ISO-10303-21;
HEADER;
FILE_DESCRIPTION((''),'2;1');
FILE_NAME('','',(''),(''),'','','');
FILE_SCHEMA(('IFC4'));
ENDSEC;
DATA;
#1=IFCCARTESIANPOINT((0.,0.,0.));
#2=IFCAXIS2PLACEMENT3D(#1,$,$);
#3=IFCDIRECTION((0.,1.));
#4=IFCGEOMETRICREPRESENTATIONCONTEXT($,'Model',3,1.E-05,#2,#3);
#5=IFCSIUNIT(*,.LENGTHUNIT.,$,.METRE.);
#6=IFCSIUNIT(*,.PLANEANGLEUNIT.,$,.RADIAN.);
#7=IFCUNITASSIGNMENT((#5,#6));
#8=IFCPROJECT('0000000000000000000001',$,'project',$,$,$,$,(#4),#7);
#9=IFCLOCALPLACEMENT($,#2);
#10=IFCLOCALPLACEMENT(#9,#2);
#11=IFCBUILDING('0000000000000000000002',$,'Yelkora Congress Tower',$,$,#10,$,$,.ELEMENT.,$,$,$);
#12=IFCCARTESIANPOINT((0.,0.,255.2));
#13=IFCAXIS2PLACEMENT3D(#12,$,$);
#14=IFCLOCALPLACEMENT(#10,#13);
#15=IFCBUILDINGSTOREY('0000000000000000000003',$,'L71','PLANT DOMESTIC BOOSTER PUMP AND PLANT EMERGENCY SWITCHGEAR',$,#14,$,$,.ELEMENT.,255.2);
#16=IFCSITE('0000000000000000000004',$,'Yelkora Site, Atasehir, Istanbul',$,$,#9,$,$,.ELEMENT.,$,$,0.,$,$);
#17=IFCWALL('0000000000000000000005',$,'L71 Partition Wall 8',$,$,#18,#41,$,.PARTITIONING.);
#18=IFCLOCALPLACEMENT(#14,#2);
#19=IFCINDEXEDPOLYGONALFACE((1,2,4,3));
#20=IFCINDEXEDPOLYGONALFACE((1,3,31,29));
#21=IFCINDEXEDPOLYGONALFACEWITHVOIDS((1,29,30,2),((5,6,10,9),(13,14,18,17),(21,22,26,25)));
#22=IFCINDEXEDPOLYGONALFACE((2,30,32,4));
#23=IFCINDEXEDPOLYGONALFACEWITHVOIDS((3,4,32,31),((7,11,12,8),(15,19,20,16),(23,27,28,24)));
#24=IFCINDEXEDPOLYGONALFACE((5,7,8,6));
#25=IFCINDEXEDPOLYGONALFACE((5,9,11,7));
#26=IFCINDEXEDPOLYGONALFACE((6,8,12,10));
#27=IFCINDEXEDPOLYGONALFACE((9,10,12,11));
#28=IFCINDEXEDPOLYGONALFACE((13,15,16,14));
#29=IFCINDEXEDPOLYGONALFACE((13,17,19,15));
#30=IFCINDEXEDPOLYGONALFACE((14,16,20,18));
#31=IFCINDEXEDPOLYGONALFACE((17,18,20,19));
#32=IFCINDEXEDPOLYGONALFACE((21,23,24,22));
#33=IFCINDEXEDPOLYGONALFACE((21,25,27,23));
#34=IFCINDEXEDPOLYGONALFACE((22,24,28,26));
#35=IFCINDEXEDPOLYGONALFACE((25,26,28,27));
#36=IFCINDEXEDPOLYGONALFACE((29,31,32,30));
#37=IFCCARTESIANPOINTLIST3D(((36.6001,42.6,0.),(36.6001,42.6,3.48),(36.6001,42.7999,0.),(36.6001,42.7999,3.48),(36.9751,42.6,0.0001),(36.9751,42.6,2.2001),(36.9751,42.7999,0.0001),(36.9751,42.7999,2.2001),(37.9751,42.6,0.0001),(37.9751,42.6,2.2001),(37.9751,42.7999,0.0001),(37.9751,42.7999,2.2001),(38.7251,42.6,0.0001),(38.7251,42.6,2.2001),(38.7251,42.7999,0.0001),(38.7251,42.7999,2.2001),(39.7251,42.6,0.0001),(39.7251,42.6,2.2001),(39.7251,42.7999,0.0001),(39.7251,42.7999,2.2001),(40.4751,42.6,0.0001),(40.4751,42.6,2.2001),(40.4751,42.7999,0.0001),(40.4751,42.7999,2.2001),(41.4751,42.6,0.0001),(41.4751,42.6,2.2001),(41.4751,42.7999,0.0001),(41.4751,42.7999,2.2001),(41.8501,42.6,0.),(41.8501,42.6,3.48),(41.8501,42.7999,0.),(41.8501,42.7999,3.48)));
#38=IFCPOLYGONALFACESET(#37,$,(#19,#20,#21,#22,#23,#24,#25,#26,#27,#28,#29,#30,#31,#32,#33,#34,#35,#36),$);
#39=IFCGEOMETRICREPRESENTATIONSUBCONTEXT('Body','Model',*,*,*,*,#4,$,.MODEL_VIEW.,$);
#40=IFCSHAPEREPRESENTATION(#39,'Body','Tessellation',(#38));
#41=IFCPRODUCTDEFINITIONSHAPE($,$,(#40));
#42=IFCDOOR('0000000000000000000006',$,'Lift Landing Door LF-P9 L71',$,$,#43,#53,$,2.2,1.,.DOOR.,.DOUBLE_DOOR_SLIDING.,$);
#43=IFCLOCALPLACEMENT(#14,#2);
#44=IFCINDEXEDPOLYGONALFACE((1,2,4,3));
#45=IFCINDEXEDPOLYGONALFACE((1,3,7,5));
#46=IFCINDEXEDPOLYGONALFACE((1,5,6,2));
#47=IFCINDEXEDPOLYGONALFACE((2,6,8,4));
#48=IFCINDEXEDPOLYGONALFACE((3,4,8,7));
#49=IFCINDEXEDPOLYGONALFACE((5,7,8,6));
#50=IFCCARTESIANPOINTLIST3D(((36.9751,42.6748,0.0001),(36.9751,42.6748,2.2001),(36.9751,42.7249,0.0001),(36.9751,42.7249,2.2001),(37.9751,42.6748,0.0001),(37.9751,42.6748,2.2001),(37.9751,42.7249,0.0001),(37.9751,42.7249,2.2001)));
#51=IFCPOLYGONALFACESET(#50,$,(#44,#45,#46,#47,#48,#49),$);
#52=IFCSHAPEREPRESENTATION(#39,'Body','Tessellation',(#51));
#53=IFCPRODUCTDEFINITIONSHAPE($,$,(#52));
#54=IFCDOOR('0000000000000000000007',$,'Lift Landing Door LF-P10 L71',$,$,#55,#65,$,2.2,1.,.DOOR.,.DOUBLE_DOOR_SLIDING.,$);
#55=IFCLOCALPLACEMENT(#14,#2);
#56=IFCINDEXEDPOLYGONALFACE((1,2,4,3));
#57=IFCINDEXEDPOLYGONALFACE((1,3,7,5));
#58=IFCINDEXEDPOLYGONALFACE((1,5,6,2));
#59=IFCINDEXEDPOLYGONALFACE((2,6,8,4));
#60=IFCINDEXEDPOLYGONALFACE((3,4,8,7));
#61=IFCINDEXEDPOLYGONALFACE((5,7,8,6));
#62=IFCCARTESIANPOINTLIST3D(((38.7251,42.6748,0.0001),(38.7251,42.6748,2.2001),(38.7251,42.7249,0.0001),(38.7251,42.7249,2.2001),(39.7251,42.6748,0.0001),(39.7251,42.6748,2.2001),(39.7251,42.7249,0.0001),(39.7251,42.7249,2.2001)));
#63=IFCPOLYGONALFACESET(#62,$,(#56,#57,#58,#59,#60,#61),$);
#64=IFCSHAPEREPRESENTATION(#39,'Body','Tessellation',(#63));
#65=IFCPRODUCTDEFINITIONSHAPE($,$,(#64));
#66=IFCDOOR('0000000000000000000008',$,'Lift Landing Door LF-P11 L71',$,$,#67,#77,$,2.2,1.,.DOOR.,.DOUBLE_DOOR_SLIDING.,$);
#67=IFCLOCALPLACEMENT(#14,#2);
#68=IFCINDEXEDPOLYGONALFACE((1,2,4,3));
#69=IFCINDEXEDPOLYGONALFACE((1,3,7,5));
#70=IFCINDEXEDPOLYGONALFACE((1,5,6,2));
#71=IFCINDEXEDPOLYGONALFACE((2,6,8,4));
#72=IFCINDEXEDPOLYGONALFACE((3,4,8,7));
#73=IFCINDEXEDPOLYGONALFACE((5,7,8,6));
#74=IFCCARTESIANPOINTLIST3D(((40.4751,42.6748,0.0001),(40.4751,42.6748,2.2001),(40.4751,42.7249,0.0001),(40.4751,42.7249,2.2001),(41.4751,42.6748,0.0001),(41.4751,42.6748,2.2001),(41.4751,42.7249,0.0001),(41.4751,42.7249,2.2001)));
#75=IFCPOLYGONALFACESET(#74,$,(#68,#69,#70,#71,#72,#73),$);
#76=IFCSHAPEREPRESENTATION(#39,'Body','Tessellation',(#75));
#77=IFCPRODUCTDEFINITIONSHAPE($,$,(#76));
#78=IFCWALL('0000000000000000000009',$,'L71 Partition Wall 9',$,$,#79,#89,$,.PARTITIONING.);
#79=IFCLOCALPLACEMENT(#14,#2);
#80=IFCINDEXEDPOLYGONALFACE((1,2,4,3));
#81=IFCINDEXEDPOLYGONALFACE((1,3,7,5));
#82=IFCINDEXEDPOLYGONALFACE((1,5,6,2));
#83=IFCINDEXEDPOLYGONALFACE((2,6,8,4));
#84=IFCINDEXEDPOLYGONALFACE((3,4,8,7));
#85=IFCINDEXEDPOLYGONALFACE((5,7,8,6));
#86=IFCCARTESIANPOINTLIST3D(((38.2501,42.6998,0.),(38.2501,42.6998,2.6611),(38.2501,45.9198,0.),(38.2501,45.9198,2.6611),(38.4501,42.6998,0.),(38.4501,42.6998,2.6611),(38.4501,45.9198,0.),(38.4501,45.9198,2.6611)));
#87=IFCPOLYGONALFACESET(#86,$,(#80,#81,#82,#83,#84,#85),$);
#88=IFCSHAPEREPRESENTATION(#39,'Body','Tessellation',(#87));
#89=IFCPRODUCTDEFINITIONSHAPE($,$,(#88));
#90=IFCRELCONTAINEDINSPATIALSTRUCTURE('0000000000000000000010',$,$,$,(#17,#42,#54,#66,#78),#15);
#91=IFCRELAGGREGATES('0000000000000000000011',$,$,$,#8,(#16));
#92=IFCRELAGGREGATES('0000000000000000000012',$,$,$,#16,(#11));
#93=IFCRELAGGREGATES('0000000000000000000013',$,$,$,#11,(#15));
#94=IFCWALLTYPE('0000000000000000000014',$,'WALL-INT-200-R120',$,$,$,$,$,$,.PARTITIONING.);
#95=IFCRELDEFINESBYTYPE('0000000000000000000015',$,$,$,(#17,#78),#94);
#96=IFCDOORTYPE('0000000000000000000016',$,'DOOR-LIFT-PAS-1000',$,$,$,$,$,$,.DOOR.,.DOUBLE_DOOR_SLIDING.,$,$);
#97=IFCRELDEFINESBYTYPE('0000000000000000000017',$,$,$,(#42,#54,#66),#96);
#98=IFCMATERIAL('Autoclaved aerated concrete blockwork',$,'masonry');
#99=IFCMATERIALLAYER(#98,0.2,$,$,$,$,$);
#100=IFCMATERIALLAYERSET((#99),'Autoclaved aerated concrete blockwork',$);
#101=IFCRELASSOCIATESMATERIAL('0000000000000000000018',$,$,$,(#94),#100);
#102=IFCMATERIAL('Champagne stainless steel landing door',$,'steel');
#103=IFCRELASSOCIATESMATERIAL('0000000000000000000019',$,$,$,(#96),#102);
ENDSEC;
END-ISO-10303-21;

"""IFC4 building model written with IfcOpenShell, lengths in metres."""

from ifc_helpers import new_model, si_unit, direction, frame, frame_2d, origin, place, context, subcontext, project, spatial, rectangle, extrude, material, layer, layer_set, type_object, element, fill, save


model = new_model("IFC4")

# Units and contexts
model_context = context("Model", 3, precision=1e-05, world=origin(), true_north=direction((0.0, 1.0)))
body_context = subcontext(model_context, "Body", "Model", "MODEL_VIEW")
ifc_project = project(units=[si_unit("LENGTHUNIT", "METRE"), si_unit("PLANEANGLEUNIT", "RADIAN")], contexts=[model_context])

# Site, building, storey
site_placement = place(None, origin())
site = spatial("IfcSite", under=ifc_project, at=site_placement, Name="Yelkora Site, Atasehir, Istanbul", CompositionType="ELEMENT", RefElevation=0.0)
building_placement = place(site_placement, origin())
building = spatial("IfcBuilding", under=site, at=building_placement, Name="Yelkora Congress Tower", CompositionType="ELEMENT")
storey_placement = place(building_placement, frame((0.0, 0.0, 255.2)))
storey = spatial("IfcBuildingStorey", under=building, at=storey_placement, Name="L71", Description="PLANT DOMESTIC BOOSTER PUMP AND PLANT EMERGENCY SWITCHGEAR", CompositionType="ELEMENT", Elevation=255.2)

# Shared definitions
ifc_material_1 = material(Name="Autoclaved aerated concrete blockwork", Category="masonry")
ifc_layer_1 = layer(ifc_material_1, 0.2)
ifc_layer_set_1 = layer_set([ifc_layer_1], Name="Autoclaved aerated concrete blockwork")
wall_type_1 = type_object("IfcWallType", Name="WALL-INT-200-R120", PredefinedType="PARTITIONING", material=ifc_layer_set_1)

# Wall, openings, doors
wall_1_placement = place(storey_placement, frame((36.6001, 42.7, 0.0), z_axis=(0.0, 0.0, 1.0), x_axis=(1.0, 0.0, 0.0)))
wall_1 = element("IfcWall", 1, at=wall_1_placement, inside=storey, type_object=wall_type_1, Name="L71 Partition Wall 8", PredefinedType="PARTITIONING", context=body_context, shape_type="SweptSolid", body=[
    extrude(rectangle(XDim=5.25, YDim=0.2, at=frame_2d((2.625, 0.0))), origin(), (0.0, 0.0, 1.0), 3.48),
])
opening_1_placement = place(wall_1_placement, frame((0.375, 0.0, 0.0)))
opening_1 = element("IfcOpeningElement", 2, at=opening_1_placement, cuts=wall_1, PredefinedType="OPENING", context=body_context, shape_type="SweptSolid", body=[
    extrude(rectangle(XDim=1.0, YDim=2.2, at=frame_2d((0.5, 1.1001))), frame((0.0, 0.1099, 0.0), z_axis=(0.0, -1.0, 0.0), x_axis=(1.0, 0.0, 0.0)), (0.0, 0.0, 1.0), 0.22),
])
opening_2_placement = place(wall_1_placement, frame((2.125, 0.0, 0.0)))
opening_2 = element("IfcOpeningElement", 3, at=opening_2_placement, cuts=wall_1, PredefinedType="OPENING", context=body_context, shape_type="SweptSolid", body=[
    extrude(rectangle(XDim=1.0, YDim=2.2, at=frame_2d((0.5, 1.1001))), frame((0.0, 0.1099, 0.0), z_axis=(0.0, -1.0, 0.0), x_axis=(1.0, 0.0, 0.0)), (0.0, 0.0, 1.0), 0.22),
])
opening_3_placement = place(wall_1_placement, frame((3.875, 0.0, 0.0)))
opening_3 = element("IfcOpeningElement", 4, at=opening_3_placement, cuts=wall_1, PredefinedType="OPENING", context=body_context, shape_type="SweptSolid", body=[
    extrude(rectangle(XDim=1.0, YDim=2.2, at=frame_2d((0.5, 1.1001))), frame((0.0, 0.1099, 0.0), z_axis=(0.0, -1.0, 0.0), x_axis=(1.0, 0.0, 0.0)), (0.0, 0.0, 1.0), 0.22),
])
ifc_material_2 = material(Name="Champagne stainless steel landing door", Category="steel")
door_type_1 = type_object("IfcDoorType", Name="DOOR-LIFT-PAS-1000", OperationType="DOUBLE_DOOR_SLIDING", PredefinedType="DOOR", material=ifc_material_2)
door_1_placement = place(opening_1_placement, origin())
door_1 = element("IfcDoor", 5, at=door_1_placement, inside=storey, type_object=door_type_1, Name="Lift Landing Door LF-P9 L71", OperationType="DOUBLE_DOOR_SLIDING", OverallHeight=2.2, OverallWidth=1.0, PredefinedType="DOOR", context=body_context, shape_type="SweptSolid", body=[
    extrude(rectangle(XDim=1.0, YDim=2.2, at=frame_2d((0.5, 1.1001))), frame((0.0, 0.0249, 0.0), z_axis=(0.0, -1.0, 0.0), x_axis=(1.0, 0.0, 0.0)), (0.0, 0.0, 1.0), 0.05),
])
fill(opening_1, door_1)
door_2_placement = place(opening_2_placement, origin())
door_2 = element("IfcDoor", 6, at=door_2_placement, inside=storey, type_object=door_type_1, Name="Lift Landing Door LF-P10 L71", OperationType="DOUBLE_DOOR_SLIDING", OverallHeight=2.2, OverallWidth=1.0, PredefinedType="DOOR", context=body_context, shape_type="SweptSolid", body=[
    extrude(rectangle(XDim=1.0, YDim=2.2, at=frame_2d((0.5, 1.1001))), frame((0.0, 0.0249, 0.0), z_axis=(0.0, -1.0, 0.0), x_axis=(1.0, 0.0, 0.0)), (0.0, 0.0, 1.0), 0.05),
])
fill(opening_2, door_2)
door_3_placement = place(opening_3_placement, origin())
door_3 = element("IfcDoor", 7, at=door_3_placement, inside=storey, type_object=door_type_1, Name="Lift Landing Door LF-P11 L71", OperationType="DOUBLE_DOOR_SLIDING", OverallHeight=2.2, OverallWidth=1.0, PredefinedType="DOOR", context=body_context, shape_type="SweptSolid", body=[
    extrude(rectangle(XDim=1.0, YDim=2.2, at=frame_2d((0.5, 1.1001))), frame((0.0, 0.0249, 0.0), z_axis=(0.0, -1.0, 0.0), x_axis=(1.0, 0.0, 0.0)), (0.0, 0.0, 1.0), 0.05),
])
fill(opening_3, door_3)

# Wall
wall_2_placement = place(storey_placement, frame((38.3501, 42.7, 0.0), z_axis=(0.0, 0.0, 1.0), x_axis=(0.0, 1.0, 0.0)))
element("IfcWall", 8, at=wall_2_placement, inside=storey, type_object=wall_type_1, Name="L71 Partition Wall 9", PredefinedType="PARTITIONING", context=body_context, shape_type="SweptSolid", body=[
    extrude(rectangle(XDim=3.22, YDim=0.2, at=frame_2d((1.6099, 0.0))), origin(), (0.0, 0.0, 1.0), 2.6611),
])

save(model, "model.ifc")
